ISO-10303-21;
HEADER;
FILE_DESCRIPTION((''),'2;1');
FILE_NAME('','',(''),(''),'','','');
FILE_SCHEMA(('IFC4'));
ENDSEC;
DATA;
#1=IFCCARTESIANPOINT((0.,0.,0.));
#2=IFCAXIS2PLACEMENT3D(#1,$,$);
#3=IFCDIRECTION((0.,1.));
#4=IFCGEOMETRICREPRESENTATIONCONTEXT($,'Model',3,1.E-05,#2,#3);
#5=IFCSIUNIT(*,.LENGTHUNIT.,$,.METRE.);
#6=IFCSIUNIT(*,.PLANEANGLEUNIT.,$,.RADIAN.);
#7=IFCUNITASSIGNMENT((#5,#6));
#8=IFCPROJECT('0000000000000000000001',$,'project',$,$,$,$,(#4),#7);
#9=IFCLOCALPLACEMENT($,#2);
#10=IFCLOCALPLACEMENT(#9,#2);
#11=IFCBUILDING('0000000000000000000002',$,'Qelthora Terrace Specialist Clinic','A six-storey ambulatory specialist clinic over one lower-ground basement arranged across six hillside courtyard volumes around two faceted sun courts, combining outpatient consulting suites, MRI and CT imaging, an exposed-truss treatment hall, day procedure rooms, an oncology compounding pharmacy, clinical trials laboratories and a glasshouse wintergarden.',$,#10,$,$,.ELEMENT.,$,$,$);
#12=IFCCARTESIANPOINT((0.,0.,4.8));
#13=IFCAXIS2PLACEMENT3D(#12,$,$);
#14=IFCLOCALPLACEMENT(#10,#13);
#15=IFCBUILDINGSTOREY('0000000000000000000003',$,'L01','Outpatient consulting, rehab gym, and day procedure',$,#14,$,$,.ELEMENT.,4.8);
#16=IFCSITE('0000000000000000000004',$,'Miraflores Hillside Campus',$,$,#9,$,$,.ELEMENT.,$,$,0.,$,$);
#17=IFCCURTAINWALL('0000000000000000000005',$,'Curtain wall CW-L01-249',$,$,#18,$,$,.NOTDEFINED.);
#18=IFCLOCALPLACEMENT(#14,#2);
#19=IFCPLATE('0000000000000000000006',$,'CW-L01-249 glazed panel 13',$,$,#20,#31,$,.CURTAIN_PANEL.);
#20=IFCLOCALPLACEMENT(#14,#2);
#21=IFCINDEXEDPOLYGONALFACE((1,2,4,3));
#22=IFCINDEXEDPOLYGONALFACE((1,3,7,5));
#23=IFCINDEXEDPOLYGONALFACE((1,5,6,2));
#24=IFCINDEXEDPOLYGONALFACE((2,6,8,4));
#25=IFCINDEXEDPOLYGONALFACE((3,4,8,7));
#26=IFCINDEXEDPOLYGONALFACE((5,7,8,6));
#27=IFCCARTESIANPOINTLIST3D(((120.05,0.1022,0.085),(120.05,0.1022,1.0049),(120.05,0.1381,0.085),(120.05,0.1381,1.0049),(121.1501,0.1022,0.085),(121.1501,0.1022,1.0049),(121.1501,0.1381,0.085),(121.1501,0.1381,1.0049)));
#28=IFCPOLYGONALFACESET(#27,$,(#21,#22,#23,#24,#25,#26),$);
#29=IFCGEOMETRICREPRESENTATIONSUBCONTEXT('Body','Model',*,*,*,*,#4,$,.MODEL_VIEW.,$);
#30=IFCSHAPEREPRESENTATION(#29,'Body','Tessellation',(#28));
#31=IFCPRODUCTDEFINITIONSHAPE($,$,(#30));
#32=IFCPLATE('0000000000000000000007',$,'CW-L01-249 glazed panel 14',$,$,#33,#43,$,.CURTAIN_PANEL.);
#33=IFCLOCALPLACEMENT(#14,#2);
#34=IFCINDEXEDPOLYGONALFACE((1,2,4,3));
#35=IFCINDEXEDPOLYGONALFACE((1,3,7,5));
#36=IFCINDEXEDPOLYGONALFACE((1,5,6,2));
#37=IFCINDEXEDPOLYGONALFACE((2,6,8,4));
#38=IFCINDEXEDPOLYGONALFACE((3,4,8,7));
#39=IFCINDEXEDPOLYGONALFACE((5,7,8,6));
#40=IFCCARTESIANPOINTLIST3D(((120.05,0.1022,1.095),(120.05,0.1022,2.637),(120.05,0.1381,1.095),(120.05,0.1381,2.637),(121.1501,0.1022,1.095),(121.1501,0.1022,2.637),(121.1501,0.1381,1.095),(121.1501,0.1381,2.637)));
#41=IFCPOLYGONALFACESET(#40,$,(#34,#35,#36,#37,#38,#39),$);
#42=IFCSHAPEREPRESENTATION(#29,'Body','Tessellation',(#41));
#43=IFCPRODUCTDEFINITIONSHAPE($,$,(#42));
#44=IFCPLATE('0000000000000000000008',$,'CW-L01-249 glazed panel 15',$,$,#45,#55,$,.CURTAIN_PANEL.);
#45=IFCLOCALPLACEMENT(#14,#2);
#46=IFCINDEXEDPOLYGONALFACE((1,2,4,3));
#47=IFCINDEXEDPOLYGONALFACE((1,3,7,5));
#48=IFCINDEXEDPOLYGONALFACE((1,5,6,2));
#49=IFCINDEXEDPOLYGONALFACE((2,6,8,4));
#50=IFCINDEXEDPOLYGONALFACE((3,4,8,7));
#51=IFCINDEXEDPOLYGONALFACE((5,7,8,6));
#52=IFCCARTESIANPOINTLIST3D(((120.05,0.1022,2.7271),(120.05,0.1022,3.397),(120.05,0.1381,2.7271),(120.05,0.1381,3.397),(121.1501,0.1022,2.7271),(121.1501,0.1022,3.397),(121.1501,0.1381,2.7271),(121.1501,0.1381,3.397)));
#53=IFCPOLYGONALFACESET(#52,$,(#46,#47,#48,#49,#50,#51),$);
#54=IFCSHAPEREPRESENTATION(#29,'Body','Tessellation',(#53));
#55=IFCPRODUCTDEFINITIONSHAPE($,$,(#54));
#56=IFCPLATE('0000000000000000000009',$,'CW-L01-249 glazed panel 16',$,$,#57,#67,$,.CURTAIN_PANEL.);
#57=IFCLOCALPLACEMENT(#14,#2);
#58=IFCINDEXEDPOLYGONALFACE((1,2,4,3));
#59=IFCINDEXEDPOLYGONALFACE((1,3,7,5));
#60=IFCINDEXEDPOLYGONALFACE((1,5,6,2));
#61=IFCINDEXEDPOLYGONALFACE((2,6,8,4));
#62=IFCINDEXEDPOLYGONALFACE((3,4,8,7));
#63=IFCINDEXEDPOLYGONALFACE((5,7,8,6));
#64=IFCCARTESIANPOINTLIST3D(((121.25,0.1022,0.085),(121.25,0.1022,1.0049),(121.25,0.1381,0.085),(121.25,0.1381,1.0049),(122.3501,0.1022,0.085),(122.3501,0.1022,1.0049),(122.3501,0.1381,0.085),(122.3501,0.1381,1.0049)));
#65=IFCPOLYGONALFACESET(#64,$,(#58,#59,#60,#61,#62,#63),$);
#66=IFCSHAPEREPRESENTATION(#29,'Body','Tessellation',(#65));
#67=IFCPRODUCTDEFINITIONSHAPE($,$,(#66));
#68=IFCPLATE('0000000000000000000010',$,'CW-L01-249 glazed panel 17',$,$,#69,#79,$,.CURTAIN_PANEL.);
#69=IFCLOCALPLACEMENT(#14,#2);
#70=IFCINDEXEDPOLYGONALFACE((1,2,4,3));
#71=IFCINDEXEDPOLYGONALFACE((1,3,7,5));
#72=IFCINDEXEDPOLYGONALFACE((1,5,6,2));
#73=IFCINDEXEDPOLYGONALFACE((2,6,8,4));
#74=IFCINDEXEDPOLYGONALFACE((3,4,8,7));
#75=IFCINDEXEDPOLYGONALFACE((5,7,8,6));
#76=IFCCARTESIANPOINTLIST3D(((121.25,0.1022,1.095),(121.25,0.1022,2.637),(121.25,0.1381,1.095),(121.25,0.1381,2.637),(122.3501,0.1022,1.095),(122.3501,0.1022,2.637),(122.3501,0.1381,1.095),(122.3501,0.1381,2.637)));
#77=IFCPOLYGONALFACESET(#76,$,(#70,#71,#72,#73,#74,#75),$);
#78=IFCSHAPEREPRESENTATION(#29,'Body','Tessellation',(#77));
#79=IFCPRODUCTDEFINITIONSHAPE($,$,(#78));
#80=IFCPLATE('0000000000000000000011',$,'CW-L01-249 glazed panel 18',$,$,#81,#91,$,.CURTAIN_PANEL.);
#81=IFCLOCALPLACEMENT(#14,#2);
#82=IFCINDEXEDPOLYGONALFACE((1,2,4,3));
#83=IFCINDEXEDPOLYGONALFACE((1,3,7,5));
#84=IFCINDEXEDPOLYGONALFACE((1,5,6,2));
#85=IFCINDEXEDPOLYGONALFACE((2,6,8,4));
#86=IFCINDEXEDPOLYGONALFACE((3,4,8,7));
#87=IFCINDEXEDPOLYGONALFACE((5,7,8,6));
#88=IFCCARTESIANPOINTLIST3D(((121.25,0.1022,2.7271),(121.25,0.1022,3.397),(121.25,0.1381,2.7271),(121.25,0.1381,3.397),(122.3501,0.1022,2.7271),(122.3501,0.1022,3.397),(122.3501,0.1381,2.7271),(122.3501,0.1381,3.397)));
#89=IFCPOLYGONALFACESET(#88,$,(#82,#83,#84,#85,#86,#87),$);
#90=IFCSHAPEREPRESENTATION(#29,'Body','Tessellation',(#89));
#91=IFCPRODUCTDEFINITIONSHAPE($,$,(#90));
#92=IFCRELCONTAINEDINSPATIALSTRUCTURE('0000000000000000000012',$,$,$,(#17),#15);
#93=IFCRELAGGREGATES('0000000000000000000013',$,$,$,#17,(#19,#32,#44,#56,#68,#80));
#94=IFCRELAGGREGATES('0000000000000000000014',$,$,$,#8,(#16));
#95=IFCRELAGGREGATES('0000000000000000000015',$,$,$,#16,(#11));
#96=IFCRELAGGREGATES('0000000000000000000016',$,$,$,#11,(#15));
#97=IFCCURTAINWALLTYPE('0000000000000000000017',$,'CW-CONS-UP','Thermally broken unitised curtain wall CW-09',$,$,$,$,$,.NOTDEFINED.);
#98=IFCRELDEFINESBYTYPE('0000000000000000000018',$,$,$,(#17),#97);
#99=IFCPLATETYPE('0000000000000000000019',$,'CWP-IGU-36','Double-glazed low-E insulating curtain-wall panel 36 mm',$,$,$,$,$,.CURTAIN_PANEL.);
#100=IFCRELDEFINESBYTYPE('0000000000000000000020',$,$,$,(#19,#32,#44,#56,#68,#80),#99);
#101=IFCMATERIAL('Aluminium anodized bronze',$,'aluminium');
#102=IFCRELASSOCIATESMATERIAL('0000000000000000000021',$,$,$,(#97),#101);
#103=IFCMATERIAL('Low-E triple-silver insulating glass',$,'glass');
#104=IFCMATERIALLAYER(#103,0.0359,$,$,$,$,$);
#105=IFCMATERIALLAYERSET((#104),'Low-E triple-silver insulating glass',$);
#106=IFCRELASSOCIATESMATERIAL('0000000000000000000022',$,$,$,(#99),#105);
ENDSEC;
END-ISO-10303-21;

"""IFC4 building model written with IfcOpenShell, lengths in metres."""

from ifc_helpers import new_model, si_unit, direction, frame, origin, origin_2d, place, context, subcontext, project, spatial, rectangle, extrude, material, layer, layer_set, type_object, element, aggregate, save


model = new_model("IFC4")

# Units and contexts
model_context = context("Model", 3, precision=1e-05, world=origin(), true_north=direction((0.0, 1.0)))
body_context = subcontext(model_context, "Body", "Model", "MODEL_VIEW")
ifc_project = project(units=[si_unit("LENGTHUNIT", "METRE"), si_unit("PLANEANGLEUNIT", "RADIAN")], contexts=[model_context])

# Site, building, storey
site_placement = place(None, origin())
site = spatial("IfcSite", under=ifc_project, at=site_placement, Name="Miraflores Hillside Campus", CompositionType="ELEMENT", RefElevation=0.0)
building_placement = place(site_placement, origin())
building = spatial("IfcBuilding", under=site, at=building_placement, Name="Qelthora Terrace Specialist Clinic", Description="A six-storey ambulatory specialist clinic over one lower-ground basement arranged across six hillside courtyard volumes around two faceted sun courts, combining outpatient consulting suites, MRI and CT imaging, an exposed-truss treatment hall, day procedure rooms, an oncology compounding pharmacy, clinical trials laboratories and a glasshouse wintergarden.", CompositionType="ELEMENT")
storey_placement = place(building_placement, frame((0.0, 0.0, 4.8)))
storey = spatial("IfcBuildingStorey", under=building, at=storey_placement, Name="L01", Description="Outpatient consulting, rehab gym, and day procedure", CompositionType="ELEMENT", Elevation=4.8)

# Curtain wall
ifc_material_1 = material(Name="Aluminium anodized bronze", Category="aluminium")
curtain_wall_type = type_object("IfcCurtainWallType", Name="CW-CONS-UP", Description="Thermally broken unitised curtain wall CW-09", PredefinedType="NOTDEFINED", material=ifc_material_1)
curtain_wall_1_placement = place(storey_placement, origin())
curtain_wall_1 = element("IfcCurtainWall", 1, at=curtain_wall_1_placement, inside=storey, type_object=curtain_wall_type, Name="Curtain wall CW-L01-249", PredefinedType="NOTDEFINED")

# Plates
ifc_material_2 = material(Name="Low-E triple-silver insulating glass", Category="glass")
ifc_layer = layer(ifc_material_2, 0.0359)
ifc_layer_set = layer_set([ifc_layer], Name="Low-E triple-silver insulating glass")
plate_type = type_object("IfcPlateType", Name="CWP-IGU-36", Description="Double-glazed low-E insulating curtain-wall panel 36 mm", PredefinedType="CURTAIN_PANEL", material=ifc_layer_set)
plate_1_placement = place(storey_placement, frame((120.6001, 0.1201, 0.085), z_axis=(0.0, 0.0, 1.0), x_axis=(1.0, 0.0, 0.0)))
plate_1 = element("IfcPlate", 2, at=plate_1_placement, type_object=plate_type, Name="CW-L01-249 glazed panel 13", PredefinedType="CURTAIN_PANEL", context=body_context, shape_type="SweptSolid", body=[
    extrude(rectangle(XDim=1.1001, YDim=0.0359, at=origin_2d()), origin(), (0.0, 0.0, 1.0), 0.9199),
])
plate_2_placement = place(storey_placement, frame((120.6001, 0.1201, 1.095), z_axis=(0.0, 0.0, 1.0), x_axis=(1.0, 0.0, 0.0)))
plate_2 = element("IfcPlate", 3, at=plate_2_placement, type_object=plate_type, Name="CW-L01-249 glazed panel 14", PredefinedType="CURTAIN_PANEL", context=body_context, shape_type="SweptSolid", body=[
    extrude(rectangle(XDim=1.1001, YDim=0.0359, at=origin_2d()), origin(), (0.0, 0.0, 1.0), 1.542),
])
plate_3_placement = place(storey_placement, frame((120.6001, 0.1201, 2.7271), z_axis=(0.0, 0.0, 1.0), x_axis=(1.0, 0.0, 0.0)))
plate_3 = element("IfcPlate", 4, at=plate_3_placement, type_object=plate_type, Name="CW-L01-249 glazed panel 15", PredefinedType="CURTAIN_PANEL", context=body_context, shape_type="SweptSolid", body=[
    extrude(rectangle(XDim=1.1001, YDim=0.0359, at=origin_2d()), origin(), (0.0, 0.0, 1.0), 0.6699),
])
plate_4_placement = place(storey_placement, frame((121.8, 0.1201, 0.085), z_axis=(0.0, 0.0, 1.0), x_axis=(1.0, 0.0, 0.0)))
plate_4 = element("IfcPlate", 5, at=plate_4_placement, type_object=plate_type, Name="CW-L01-249 glazed panel 16", PredefinedType="CURTAIN_PANEL", context=body_context, shape_type="SweptSolid", body=[
    extrude(rectangle(XDim=1.1001, YDim=0.0359, at=origin_2d()), origin(), (0.0, 0.0, 1.0), 0.9199),
])
plate_5_placement = place(storey_placement, frame((121.8, 0.1201, 1.095), z_axis=(0.0, 0.0, 1.0), x_axis=(1.0, 0.0, 0.0)))
plate_5 = element("IfcPlate", 6, at=plate_5_placement, type_object=plate_type, Name="CW-L01-249 glazed panel 17", PredefinedType="CURTAIN_PANEL", context=body_context, shape_type="SweptSolid", body=[
    extrude(rectangle(XDim=1.1001, YDim=0.0359, at=origin_2d()), origin(), (0.0, 0.0, 1.0), 1.542),
])
plate_6_placement = place(storey_placement, frame((121.8, 0.1201, 2.7271), z_axis=(0.0, 0.0, 1.0), x_axis=(1.0, 0.0, 0.0)))
plate_6 = element("IfcPlate", 7, at=plate_6_placement, type_object=plate_type, Name="CW-L01-249 glazed panel 18", PredefinedType="CURTAIN_PANEL", context=body_context, shape_type="SweptSolid", body=[
    extrude(rectangle(XDim=1.1001, YDim=0.0359, at=origin_2d()), origin(), (0.0, 0.0, 1.0), 0.6699),
])
aggregate(curtain_wall_1, [plate_1, plate_2, plate_3, plate_4, plate_5, plate_6])

save(model, "model.ifc")
